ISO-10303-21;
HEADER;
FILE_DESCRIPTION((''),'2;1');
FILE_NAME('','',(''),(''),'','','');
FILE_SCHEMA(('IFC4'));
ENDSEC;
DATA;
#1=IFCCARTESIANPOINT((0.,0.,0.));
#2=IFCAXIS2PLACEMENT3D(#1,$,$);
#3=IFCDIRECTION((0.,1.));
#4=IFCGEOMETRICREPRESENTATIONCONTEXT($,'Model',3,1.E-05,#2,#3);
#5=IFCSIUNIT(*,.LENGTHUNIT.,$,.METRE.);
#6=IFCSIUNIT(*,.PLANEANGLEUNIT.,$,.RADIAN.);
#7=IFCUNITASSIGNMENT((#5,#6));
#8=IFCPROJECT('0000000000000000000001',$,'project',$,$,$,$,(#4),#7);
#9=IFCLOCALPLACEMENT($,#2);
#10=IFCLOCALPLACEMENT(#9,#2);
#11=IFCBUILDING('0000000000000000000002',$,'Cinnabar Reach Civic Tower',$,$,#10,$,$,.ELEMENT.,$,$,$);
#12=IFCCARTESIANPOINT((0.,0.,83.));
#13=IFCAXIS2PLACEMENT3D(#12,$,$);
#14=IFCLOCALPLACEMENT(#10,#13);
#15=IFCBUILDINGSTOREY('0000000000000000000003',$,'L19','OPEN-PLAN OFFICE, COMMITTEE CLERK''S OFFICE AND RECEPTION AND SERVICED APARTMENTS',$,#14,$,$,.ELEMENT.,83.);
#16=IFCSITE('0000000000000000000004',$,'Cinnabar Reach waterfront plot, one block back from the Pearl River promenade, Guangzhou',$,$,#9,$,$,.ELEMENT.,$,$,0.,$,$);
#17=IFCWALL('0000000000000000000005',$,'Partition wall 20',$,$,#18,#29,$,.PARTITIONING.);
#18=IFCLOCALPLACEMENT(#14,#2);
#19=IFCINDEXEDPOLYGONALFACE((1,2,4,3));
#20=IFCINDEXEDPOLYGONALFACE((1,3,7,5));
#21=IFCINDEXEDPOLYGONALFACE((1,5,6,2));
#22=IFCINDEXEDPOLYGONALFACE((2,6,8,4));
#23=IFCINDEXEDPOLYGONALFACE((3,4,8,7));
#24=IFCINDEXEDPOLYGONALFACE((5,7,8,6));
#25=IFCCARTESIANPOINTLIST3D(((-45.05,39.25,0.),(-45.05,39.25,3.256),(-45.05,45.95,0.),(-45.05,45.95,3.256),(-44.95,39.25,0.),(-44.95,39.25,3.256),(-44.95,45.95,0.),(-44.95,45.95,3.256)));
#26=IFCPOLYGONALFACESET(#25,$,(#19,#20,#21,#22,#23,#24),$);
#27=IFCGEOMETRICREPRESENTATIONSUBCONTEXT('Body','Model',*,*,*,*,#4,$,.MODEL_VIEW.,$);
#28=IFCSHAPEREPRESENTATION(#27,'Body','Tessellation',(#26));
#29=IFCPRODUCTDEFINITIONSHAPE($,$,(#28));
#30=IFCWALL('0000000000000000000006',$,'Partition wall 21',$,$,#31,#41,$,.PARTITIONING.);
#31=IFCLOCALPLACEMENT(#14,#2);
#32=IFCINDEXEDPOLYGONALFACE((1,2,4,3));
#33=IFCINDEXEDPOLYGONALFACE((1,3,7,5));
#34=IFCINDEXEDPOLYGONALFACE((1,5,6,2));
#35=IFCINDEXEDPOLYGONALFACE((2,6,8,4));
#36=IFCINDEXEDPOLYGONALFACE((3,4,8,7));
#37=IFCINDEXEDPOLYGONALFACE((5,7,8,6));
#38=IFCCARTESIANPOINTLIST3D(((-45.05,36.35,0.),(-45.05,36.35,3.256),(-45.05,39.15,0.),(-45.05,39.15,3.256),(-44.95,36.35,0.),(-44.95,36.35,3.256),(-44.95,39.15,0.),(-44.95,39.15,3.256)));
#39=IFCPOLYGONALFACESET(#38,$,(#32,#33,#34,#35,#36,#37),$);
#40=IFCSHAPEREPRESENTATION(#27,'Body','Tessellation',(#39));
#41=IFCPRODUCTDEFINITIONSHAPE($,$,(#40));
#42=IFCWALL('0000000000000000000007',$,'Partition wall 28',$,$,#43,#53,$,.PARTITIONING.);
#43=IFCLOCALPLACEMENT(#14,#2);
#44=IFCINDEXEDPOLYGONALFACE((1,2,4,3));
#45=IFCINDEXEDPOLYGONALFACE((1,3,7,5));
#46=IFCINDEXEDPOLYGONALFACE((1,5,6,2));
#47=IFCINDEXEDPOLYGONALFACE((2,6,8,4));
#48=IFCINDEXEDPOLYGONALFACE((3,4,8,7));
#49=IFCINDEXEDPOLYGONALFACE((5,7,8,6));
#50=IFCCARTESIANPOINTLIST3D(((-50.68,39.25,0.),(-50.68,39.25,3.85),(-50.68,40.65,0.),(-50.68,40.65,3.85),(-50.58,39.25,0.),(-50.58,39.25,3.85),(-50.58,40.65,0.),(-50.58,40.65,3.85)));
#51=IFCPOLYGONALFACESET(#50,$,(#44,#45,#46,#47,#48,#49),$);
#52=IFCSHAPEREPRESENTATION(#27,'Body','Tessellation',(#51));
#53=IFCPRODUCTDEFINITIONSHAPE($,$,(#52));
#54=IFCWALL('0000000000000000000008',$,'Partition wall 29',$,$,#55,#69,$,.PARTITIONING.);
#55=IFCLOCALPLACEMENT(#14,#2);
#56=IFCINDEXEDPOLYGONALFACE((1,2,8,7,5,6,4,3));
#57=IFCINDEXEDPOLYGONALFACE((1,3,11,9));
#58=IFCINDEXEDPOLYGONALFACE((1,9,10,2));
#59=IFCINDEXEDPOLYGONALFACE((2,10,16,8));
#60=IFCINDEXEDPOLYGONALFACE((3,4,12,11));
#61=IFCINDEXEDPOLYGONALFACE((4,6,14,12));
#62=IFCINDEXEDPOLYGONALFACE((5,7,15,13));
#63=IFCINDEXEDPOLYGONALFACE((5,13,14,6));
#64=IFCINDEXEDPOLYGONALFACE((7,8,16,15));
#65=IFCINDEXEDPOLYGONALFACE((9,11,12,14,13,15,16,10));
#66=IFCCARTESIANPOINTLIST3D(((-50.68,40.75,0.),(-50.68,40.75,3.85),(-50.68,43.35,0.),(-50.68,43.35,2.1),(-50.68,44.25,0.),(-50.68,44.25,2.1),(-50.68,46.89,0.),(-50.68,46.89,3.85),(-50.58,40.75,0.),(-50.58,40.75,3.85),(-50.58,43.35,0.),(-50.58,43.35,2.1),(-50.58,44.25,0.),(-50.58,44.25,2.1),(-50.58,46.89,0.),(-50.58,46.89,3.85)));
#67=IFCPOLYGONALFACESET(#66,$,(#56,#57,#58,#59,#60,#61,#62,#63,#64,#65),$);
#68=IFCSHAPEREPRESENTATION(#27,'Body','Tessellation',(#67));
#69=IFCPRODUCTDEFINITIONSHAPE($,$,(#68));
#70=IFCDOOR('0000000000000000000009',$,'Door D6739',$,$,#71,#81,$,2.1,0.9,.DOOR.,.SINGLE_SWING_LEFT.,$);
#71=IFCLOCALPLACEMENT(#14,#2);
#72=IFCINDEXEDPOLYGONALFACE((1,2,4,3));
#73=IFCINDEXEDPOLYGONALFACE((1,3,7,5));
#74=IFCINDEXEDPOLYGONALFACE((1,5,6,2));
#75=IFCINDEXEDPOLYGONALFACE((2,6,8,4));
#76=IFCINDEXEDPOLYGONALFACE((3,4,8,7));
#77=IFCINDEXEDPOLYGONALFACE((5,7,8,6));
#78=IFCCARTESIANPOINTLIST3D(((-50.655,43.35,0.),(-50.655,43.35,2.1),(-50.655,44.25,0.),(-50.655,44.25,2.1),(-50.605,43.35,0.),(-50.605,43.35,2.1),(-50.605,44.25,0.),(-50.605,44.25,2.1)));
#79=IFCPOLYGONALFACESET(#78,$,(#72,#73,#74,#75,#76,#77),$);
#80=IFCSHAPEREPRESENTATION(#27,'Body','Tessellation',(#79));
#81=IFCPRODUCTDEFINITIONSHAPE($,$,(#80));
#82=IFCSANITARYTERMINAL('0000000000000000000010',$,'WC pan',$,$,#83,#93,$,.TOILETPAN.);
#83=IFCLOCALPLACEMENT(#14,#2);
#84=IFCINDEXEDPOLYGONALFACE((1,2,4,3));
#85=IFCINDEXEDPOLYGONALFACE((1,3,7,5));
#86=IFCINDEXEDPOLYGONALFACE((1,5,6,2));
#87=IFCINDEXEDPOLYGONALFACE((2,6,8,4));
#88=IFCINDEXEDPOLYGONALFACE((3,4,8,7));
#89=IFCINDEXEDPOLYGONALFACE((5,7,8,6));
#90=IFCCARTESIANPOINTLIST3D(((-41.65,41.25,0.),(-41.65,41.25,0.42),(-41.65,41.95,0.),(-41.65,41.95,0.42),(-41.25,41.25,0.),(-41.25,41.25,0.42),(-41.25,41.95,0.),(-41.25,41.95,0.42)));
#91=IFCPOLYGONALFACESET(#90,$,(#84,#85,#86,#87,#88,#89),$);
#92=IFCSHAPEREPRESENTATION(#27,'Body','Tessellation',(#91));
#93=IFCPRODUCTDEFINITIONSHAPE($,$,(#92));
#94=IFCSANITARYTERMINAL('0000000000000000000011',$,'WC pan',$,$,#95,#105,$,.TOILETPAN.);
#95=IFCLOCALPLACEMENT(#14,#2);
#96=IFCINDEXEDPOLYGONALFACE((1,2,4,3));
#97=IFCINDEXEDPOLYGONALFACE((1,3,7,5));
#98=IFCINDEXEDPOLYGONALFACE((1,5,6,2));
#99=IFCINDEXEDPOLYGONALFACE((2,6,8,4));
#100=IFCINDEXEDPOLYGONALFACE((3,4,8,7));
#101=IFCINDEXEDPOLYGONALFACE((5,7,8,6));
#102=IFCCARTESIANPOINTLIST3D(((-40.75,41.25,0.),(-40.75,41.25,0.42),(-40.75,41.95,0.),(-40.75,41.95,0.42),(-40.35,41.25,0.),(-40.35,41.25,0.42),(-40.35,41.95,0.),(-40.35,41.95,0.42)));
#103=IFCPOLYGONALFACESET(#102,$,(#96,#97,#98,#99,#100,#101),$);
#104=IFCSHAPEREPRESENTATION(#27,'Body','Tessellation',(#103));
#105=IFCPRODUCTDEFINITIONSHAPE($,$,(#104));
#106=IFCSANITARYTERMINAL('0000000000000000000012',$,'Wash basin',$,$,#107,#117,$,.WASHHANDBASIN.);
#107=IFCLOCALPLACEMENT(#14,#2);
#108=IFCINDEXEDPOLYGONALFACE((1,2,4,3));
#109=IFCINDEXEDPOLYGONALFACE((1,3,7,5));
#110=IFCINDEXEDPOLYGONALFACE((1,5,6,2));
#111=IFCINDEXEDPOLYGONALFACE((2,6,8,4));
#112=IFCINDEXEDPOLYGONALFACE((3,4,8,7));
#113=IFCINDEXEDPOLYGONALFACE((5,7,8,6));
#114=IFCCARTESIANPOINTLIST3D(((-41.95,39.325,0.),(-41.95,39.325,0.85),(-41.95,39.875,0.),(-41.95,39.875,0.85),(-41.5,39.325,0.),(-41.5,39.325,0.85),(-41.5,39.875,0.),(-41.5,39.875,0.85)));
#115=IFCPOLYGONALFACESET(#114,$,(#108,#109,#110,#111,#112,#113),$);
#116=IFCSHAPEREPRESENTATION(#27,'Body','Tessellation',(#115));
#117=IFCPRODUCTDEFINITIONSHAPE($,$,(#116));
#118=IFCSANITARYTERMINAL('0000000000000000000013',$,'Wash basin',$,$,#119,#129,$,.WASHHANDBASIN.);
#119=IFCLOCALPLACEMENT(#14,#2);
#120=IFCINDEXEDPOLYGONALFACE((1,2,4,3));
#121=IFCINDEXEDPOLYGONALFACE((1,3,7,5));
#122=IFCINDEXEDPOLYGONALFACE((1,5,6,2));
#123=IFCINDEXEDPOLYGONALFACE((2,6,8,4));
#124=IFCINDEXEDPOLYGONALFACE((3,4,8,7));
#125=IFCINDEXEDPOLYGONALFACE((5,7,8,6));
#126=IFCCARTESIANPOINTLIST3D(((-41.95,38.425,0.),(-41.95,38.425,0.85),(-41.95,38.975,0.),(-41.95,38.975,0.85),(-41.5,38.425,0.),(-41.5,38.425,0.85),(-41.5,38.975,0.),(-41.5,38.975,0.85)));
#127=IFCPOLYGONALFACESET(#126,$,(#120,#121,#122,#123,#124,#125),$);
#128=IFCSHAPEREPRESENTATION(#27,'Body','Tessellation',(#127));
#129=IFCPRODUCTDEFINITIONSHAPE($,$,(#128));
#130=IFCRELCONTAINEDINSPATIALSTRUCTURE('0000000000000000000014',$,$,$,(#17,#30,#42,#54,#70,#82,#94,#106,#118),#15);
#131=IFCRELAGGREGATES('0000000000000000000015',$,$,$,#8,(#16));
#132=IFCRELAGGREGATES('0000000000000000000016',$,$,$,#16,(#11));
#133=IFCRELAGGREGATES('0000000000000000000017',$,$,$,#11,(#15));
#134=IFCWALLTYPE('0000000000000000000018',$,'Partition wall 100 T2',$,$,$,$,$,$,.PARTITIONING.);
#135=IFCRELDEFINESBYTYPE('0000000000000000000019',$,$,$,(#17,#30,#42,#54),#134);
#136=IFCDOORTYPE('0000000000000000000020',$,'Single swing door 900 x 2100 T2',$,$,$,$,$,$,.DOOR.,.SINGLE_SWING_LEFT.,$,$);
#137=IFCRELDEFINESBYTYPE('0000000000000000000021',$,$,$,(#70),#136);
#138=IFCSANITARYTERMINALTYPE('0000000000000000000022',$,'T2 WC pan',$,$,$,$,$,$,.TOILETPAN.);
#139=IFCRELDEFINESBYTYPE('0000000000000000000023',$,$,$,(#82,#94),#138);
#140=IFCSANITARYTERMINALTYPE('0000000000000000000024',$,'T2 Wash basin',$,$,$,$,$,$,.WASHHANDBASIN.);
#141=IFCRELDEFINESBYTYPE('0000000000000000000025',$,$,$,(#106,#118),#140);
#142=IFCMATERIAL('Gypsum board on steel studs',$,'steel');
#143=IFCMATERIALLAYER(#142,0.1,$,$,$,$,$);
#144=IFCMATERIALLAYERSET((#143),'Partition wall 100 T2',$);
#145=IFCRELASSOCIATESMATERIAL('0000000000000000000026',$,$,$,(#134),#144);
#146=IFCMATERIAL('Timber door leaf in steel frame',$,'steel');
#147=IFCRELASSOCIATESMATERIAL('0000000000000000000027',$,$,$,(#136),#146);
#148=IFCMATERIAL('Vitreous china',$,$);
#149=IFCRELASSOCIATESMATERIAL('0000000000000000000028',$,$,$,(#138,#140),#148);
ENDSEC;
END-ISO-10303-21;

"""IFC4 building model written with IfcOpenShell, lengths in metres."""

from ifc_helpers import new_model, si_unit, direction, frame, frame_2d, origin, origin_2d, place, context, subcontext, project, spatial, rectangle, extrude, material, layer, layer_set, type_object, element, fill, save


model = new_model("IFC4")

# Units and contexts
model_context = context("Model", 3, precision=1e-05, world=origin(), true_north=direction((0.0, 1.0)))
body_context = subcontext(model_context, "Body", "Model", "MODEL_VIEW")
ifc_project = project(units=[si_unit("LENGTHUNIT", "METRE"), si_unit("PLANEANGLEUNIT", "RADIAN")], contexts=[model_context])

# Site, building, storey
site_placement = place(None, origin())
site = spatial("IfcSite", under=ifc_project, at=site_placement, Name="Cinnabar Reach waterfront plot, one block back from the Pearl River promenade, Guangzhou", CompositionType="ELEMENT", RefElevation=0.0)
building_placement = place(site_placement, origin())
building = spatial("IfcBuilding", under=site, at=building_placement, Name="Cinnabar Reach Civic Tower", CompositionType="ELEMENT")
storey_placement = place(building_placement, frame((0.0, 0.0, 83.0)))
storey = spatial("IfcBuildingStorey", under=building, at=storey_placement, Name="L19", Description="OPEN-PLAN OFFICE, COMMITTEE CLERK'S OFFICE AND RECEPTION AND SERVICED APARTMENTS", CompositionType="ELEMENT", Elevation=83.0)

# Walls
ifc_material_1 = material(Name="Gypsum board on steel studs", Category="steel")
ifc_layer_1 = layer(ifc_material_1, 0.1)
ifc_layer_set_1 = layer_set([ifc_layer_1], Name="Partition wall 100 T2")
wall_type_1 = type_object("IfcWallType", Name="Partition wall 100 T2", PredefinedType="PARTITIONING", material=ifc_layer_set_1)
wall_1_placement = place(storey_placement, frame((-45.0, 39.25, 0.0), z_axis=(0.0, 0.0, 1.0), x_axis=(0.0, 1.0, 0.0)))
element("IfcWall", 1, at=wall_1_placement, inside=storey, type_object=wall_type_1, Name="Partition wall 20", PredefinedType="PARTITIONING", context=body_context, shape_type="SweptSolid", body=[
    extrude(rectangle(XDim=6.7, YDim=0.1, at=frame_2d((3.35, 0.0))), origin(), (0.0, 0.0, 1.0), 3.256),
])
wall_2_placement = place(storey_placement, frame((-45.0, 36.35, 0.0), z_axis=(0.0, 0.0, 1.0), x_axis=(0.0, 1.0, 0.0)))
element("IfcWall", 2, at=wall_2_placement, inside=storey, type_object=wall_type_1, Name="Partition wall 21", PredefinedType="PARTITIONING", context=body_context, shape_type="SweptSolid", body=[
    extrude(rectangle(XDim=2.8, YDim=0.1, at=frame_2d((1.4, 0.0))), origin(), (0.0, 0.0, 1.0), 3.256),
])
wall_3_placement = place(storey_placement, frame((-50.63, 39.25, 0.0), z_axis=(0.0, 0.0, 1.0), x_axis=(0.0, 1.0, 0.0)))
element("IfcWall", 3, at=wall_3_placement, inside=storey, type_object=wall_type_1, Name="Partition wall 28", PredefinedType="PARTITIONING", context=body_context, shape_type="SweptSolid", body=[
    extrude(rectangle(XDim=1.4, YDim=0.1, at=frame_2d((0.7, 0.0))), origin(), (0.0, 0.0, 1.0), 3.85),
])

# Wall, opening, door
wall_4_placement = place(storey_placement, frame((-50.63, 40.75, 0.0), z_axis=(0.0, 0.0, 1.0), x_axis=(0.0, 1.0, 0.0)))
wall_4 = element("IfcWall", 4, at=wall_4_placement, inside=storey, type_object=wall_type_1, Name="Partition wall 29", PredefinedType="PARTITIONING", context=body_context, shape_type="SweptSolid", body=[
    extrude(rectangle(XDim=6.14, YDim=0.1, at=frame_2d((3.07, 0.0))), origin(), (0.0, 0.0, 1.0), 3.85),
])
opening_1_placement = place(wall_4_placement, frame((2.6, 0.0, 0.0)))
opening_1 = element("IfcOpeningElement", 5, at=opening_1_placement, cuts=wall_4, PredefinedType="OPENING", context=body_context, shape_type="SweptSolid", body=[
    extrude(rectangle(XDim=0.9, YDim=2.1, at=frame_2d((0.45, 1.05))), frame((0.0, 0.06, 0.0), z_axis=(0.0, -1.0, 0.0), x_axis=(1.0, 0.0, 0.0)), (0.0, 0.0, 1.0), 0.12),
])
ifc_material_2 = material(Name="Timber door leaf in steel frame", Category="steel")
door_type_1 = type_object("IfcDoorType", Name="Single swing door 900 x 2100 T2", OperationType="SINGLE_SWING_LEFT", PredefinedType="DOOR", material=ifc_material_2)
door_1_placement = place(opening_1_placement, frame((0.9, 0.0, 0.0), z_axis=(0.0, 0.0, 1.0), x_axis=(-1.0, 0.0, 0.0)))
door_1 = element("IfcDoor", 6, at=door_1_placement, inside=storey, type_object=door_type_1, Name="Door D6739", OperationType="SINGLE_SWING_LEFT", OverallHeight=2.1, OverallWidth=0.9, PredefinedType="DOOR", context=body_context, shape_type="SweptSolid", body=[
    extrude(rectangle(XDim=0.9, YDim=2.1, at=frame_2d((0.45, 1.05))), frame((0.0, 0.025, 0.0), z_axis=(0.0, -1.0, 0.0), x_axis=(1.0, 0.0, 0.0)), (0.0, 0.0, 1.0), 0.05),
])
fill(opening_1, door_1)

# Sanitary terminals
ifc_material_3 = material(Name="Vitreous china")
sanitary_terminal_type_1 = type_object("IfcSanitaryTerminalType", Name="T2 WC pan", PredefinedType="TOILETPAN", material=ifc_material_3)
for number, where, z_axis, x_axis, name in (
    (7, (-41.45, 41.6, 0.0), (0.0, 0.0, 1.0), (1.0, 0.0, 0.0), "WC pan"),
    (8, (-40.55, 41.6, 0.0), (0.0, 0.0, 1.0), (1.0, 0.0, 0.0), "WC pan"),
):
    element("IfcSanitaryTerminal", number, at=place(storey_placement, frame(where, z_axis=z_axis, x_axis=x_axis)), inside=storey, type_object=sanitary_terminal_type_1, Name=name, PredefinedType="TOILETPAN", context=body_context, shape_type="SweptSolid", body=[
        extrude(rectangle(XDim=0.4, YDim=0.7, at=origin_2d()), origin(), (0.0, 0.0, 1.0), 0.42),
    ])
sanitary_terminal_type_2 = type_object("IfcSanitaryTerminalType", Name="T2 Wash basin", PredefinedType="WASHHANDBASIN", material=ifc_material_3)
for number, where, z_axis, x_axis, name in (
    (9, (-41.725, 39.6, 0.0), (0.0, 0.0, 1.0), (1.0, 0.0, 0.0), "Wash basin"),
    (10, (-41.725, 38.7, 0.0), (0.0, 0.0, 1.0), (1.0, 0.0, 0.0), "Wash basin"),
):
    element("IfcSanitaryTerminal", number, at=place(storey_placement, frame(where, z_axis=z_axis, x_axis=x_axis)), inside=storey, type_object=sanitary_terminal_type_2, Name=name, PredefinedType="WASHHANDBASIN", context=body_context, shape_type="SweptSolid", body=[
        extrude(rectangle(XDim=0.45, YDim=0.55, at=origin_2d()), origin(), (0.0, 0.0, 1.0), 0.85),
    ])

save(model, "model.ifc")
